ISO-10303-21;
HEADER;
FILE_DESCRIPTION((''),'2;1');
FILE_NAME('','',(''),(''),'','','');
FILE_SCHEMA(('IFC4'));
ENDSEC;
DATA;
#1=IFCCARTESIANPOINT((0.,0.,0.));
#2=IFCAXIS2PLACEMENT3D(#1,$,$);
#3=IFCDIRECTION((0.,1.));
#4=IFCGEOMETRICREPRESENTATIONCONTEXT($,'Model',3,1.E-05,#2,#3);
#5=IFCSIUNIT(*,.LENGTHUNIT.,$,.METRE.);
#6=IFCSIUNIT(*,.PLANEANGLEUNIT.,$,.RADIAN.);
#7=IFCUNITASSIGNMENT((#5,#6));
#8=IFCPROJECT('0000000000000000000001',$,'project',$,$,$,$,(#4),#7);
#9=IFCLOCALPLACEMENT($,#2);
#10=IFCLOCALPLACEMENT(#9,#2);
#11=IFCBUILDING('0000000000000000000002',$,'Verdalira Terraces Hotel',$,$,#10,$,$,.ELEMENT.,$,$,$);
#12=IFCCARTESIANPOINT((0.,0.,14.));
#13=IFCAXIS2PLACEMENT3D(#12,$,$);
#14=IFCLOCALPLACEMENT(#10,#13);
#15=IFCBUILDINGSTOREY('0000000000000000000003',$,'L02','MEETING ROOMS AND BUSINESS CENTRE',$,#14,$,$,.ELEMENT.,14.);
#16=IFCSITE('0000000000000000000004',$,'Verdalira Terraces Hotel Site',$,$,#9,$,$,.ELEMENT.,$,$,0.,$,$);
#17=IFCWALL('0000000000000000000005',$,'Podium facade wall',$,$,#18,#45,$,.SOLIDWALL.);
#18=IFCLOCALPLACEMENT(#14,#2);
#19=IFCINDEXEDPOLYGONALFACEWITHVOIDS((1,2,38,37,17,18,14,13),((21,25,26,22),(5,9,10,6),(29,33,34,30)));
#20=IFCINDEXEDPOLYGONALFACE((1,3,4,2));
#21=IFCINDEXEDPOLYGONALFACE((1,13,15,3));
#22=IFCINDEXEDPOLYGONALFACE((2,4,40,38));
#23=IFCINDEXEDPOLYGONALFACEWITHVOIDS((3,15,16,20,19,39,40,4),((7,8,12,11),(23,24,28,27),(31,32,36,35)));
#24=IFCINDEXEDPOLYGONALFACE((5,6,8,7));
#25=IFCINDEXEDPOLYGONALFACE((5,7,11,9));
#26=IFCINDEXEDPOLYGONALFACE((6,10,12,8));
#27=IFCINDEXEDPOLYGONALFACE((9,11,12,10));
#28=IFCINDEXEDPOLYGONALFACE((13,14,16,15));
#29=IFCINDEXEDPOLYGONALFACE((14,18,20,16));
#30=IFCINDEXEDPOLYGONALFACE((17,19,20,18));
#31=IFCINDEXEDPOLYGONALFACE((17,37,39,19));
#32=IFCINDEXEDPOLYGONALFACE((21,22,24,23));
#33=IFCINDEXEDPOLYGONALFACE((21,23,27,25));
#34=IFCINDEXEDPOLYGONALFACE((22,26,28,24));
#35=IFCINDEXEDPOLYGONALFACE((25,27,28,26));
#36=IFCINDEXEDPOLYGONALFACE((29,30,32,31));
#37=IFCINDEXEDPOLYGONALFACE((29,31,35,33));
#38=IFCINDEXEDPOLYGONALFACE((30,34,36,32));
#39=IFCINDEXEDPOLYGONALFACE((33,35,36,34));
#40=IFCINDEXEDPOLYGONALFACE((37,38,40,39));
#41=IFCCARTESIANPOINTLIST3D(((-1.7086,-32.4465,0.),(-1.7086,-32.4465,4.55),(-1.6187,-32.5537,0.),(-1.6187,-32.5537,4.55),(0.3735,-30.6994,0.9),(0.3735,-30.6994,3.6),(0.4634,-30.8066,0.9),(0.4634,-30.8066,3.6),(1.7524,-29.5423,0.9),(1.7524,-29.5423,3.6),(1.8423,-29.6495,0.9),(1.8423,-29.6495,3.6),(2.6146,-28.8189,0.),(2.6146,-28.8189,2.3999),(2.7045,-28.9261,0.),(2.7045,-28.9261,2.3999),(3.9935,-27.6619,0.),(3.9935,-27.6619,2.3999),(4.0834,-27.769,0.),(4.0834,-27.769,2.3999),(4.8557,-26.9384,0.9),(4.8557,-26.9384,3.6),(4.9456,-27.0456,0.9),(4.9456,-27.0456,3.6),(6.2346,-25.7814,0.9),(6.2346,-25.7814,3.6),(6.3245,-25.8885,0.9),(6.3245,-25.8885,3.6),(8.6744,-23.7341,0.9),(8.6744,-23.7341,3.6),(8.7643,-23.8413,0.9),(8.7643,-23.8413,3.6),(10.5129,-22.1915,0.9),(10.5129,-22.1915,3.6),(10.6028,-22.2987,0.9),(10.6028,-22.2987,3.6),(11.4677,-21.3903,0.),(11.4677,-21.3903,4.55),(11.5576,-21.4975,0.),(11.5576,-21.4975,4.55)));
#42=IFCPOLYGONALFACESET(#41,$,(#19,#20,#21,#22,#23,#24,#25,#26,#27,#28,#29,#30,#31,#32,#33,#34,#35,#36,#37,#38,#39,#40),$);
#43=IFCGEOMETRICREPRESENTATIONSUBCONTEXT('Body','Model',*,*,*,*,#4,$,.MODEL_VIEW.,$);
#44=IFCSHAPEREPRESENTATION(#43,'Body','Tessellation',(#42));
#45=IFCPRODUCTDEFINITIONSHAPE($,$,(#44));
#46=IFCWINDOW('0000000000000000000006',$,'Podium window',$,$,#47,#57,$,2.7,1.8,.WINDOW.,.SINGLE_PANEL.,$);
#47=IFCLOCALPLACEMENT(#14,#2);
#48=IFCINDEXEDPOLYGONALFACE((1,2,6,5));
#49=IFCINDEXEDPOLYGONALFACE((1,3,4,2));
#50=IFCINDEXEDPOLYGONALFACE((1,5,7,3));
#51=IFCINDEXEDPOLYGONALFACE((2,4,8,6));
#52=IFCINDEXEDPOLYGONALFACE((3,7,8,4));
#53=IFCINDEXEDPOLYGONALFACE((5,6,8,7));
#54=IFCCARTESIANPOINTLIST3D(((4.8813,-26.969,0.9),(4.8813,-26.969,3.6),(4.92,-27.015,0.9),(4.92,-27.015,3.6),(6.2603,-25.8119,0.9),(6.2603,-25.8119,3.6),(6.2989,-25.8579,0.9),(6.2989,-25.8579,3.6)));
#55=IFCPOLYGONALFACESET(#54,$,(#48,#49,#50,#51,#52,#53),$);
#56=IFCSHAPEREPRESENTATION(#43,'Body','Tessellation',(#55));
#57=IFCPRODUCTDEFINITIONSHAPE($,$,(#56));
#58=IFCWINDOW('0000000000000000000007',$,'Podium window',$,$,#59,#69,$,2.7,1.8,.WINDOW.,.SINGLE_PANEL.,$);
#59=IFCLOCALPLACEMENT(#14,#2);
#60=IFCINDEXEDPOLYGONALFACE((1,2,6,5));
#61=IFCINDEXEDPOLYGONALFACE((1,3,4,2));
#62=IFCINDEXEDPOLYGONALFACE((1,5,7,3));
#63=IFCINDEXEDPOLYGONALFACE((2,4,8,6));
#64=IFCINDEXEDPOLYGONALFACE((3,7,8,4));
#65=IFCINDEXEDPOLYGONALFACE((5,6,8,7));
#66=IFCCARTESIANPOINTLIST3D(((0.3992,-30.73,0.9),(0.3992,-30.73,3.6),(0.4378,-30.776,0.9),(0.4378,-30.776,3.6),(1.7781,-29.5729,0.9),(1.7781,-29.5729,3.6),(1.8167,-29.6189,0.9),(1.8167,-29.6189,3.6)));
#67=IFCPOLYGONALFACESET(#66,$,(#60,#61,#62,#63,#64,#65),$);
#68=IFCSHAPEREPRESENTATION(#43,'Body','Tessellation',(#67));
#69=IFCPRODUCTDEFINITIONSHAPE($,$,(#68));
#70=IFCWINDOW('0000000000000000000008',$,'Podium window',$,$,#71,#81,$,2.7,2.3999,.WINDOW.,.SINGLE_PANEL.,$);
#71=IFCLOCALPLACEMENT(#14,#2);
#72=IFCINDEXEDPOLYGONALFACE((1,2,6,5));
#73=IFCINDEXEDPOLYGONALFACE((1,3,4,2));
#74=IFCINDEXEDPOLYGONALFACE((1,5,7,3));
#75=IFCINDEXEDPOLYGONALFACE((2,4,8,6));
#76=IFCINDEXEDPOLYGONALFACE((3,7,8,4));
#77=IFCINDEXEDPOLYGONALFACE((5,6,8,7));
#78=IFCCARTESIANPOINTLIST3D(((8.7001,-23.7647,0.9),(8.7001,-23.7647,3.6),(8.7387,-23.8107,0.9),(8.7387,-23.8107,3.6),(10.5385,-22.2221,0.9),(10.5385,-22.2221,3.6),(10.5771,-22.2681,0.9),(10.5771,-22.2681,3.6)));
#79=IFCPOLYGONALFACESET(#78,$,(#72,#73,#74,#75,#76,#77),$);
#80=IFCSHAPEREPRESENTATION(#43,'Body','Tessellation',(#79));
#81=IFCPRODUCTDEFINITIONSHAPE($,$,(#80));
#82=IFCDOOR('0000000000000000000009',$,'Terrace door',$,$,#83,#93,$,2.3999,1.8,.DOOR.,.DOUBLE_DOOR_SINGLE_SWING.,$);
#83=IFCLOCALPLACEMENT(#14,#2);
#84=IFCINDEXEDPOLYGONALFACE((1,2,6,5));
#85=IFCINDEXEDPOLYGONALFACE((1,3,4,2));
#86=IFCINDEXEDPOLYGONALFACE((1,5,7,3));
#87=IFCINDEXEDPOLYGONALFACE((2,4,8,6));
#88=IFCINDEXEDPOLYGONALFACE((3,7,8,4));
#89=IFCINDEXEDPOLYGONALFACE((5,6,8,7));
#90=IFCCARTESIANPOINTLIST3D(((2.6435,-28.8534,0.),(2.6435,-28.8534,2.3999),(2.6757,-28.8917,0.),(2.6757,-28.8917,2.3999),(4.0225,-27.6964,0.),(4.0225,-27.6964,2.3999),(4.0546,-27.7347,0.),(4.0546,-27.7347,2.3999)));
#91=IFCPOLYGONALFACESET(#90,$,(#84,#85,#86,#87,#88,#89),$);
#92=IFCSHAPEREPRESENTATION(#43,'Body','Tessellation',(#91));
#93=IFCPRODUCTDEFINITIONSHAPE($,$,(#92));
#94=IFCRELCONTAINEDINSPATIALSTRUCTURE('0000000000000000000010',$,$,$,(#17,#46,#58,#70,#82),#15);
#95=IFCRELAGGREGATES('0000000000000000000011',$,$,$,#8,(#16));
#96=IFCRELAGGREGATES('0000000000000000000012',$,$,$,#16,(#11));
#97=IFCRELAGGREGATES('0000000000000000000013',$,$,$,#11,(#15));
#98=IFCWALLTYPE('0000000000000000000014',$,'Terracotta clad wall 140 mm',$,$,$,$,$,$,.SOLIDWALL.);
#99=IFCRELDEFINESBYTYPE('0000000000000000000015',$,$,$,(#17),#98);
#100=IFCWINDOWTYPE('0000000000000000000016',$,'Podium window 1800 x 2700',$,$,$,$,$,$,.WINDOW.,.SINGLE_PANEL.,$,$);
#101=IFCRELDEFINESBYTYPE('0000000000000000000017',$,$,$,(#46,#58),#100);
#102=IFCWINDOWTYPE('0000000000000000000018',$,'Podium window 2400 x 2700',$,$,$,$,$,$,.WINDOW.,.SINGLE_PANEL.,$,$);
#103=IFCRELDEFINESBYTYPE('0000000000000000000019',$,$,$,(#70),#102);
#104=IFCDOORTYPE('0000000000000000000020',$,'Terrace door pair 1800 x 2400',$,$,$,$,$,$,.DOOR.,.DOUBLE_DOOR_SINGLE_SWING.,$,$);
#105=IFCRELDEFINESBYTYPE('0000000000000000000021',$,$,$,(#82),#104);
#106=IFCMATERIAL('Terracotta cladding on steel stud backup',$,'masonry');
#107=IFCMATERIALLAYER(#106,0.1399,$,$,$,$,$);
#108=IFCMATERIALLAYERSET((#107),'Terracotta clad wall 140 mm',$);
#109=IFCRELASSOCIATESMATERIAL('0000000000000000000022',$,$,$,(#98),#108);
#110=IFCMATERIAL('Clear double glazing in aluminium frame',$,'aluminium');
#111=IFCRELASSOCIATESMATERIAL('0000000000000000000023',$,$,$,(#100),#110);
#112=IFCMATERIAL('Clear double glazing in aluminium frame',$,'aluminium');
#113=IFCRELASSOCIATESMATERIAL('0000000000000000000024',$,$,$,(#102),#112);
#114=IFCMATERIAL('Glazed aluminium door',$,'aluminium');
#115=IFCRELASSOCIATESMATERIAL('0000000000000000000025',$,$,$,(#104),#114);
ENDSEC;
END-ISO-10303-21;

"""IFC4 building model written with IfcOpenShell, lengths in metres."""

from ifc_helpers import new_model, si_unit, direction, frame, frame_2d, origin, place, context, subcontext, project, spatial, rectangle, extrude, material, layer, layer_set, type_object, element, fill, save


model = new_model("IFC4")

# Units and contexts
model_context = context("Model", 3, precision=1e-05, world=origin(), true_north=direction((0.0, 1.0)))
body_context = subcontext(model_context, "Body", "Model", "MODEL_VIEW")
ifc_project = project(units=[si_unit("LENGTHUNIT", "METRE"), si_unit("PLANEANGLEUNIT", "RADIAN")], contexts=[model_context])

# Site, building, storey
site_placement = place(None, origin())
site = spatial("IfcSite", under=ifc_project, at=site_placement, Name="Verdalira Terraces Hotel Site", CompositionType="ELEMENT", RefElevation=0.0)
building_placement = place(site_placement, origin())
building = spatial("IfcBuilding", under=site, at=building_placement, Name="Verdalira Terraces Hotel", CompositionType="ELEMENT")
storey_placement = place(building_placement, frame((0.0, 0.0, 14.0)))
storey = spatial("IfcBuildingStorey", under=building, at=storey_placement, Name="L02", Description="MEETING ROOMS AND BUSINESS CENTRE", CompositionType="ELEMENT", Elevation=14.0)

# Shared definitions
ifc_material_1 = material(Name="Terracotta cladding on steel stud backup", Category="masonry")
ifc_layer = layer(ifc_material_1, 0.1399)
ifc_layer_set = layer_set([ifc_layer], Name="Terracotta clad wall 140 mm")
wall_type = type_object("IfcWallType", Name="Terracotta clad wall 140 mm", PredefinedType="SOLIDWALL", material=ifc_layer_set)

# Wall, openings, windows, door
wall_1_placement = place(storey_placement, frame((-1.6636, -32.5, 0.0), z_axis=(0.0, 0.0, 1.0), x_axis=(0.766046, 0.642786, 0.0)))
wall_1 = element("IfcWall", 1, at=wall_1_placement, inside=storey, type_object=wall_type, Name="Podium facade wall", PredefinedType="SOLIDWALL", context=body_context, shape_type="SweptSolid", body=[
    extrude(rectangle(XDim=17.2004, YDim=0.1399, at=frame_2d((8.6001, 0.0))), origin(), (0.0, 0.0, 1.0), 4.55),
])
opening_1_placement = place(wall_1_placement, frame((13.554, 0.0, 0.8999)))
opening_1 = element("IfcOpeningElement", 2, at=opening_1_placement, cuts=wall_1, PredefinedType="OPENING", context=body_context, shape_type="SweptSolid", body=[
    extrude(rectangle(XDim=2.3999, YDim=2.7, at=frame_2d((1.2, 1.3501))), frame((0.0, 0.0798, 0.0), z_axis=(0.0, -1.0, 0.0), x_axis=(1.0, 0.0, 0.0)), (0.0, 0.0, 1.0), 0.1599),
])
opening_2_placement = place(wall_1_placement, frame((8.5691, 0.0, 0.8999)))
opening_2 = element("IfcOpeningElement", 3, at=opening_2_placement, cuts=wall_1, PredefinedType="OPENING", context=body_context, shape_type="SweptSolid", body=[
    extrude(rectangle(XDim=1.8, YDim=2.7, at=frame_2d((0.8999, 1.3501))), frame((0.0, 0.0798, 0.0), z_axis=(0.0, -1.0, 0.0), x_axis=(1.0, 0.0, 0.0)), (0.0, 0.0, 1.0), 0.1599),
])
opening_3_placement = place(wall_1_placement, frame((5.6436, 0.0, 0.0)))
opening_3 = element("IfcOpeningElement", 4, at=opening_3_placement, cuts=wall_1, PredefinedType="OPENING", context=body_context, shape_type="SweptSolid", body=[
    extrude(rectangle(XDim=1.8, YDim=2.3999, at=frame_2d((0.8999, 1.2))), frame((0.0, 0.0798, 0.0), z_axis=(0.0, -1.0, 0.0), x_axis=(1.0, 0.0, 0.0)), (0.0, 0.0, 1.0), 0.1599),
])
opening_4_placement = place(wall_1_placement, frame((2.718, 0.0, 0.8999)))
opening_4 = element("IfcOpeningElement", 5, at=opening_4_placement, cuts=wall_1, PredefinedType="OPENING", context=body_context, shape_type="SweptSolid", body=[
    extrude(rectangle(XDim=1.8, YDim=2.7, at=frame_2d((0.8999, 1.3501))), frame((0.0, 0.0798, 0.0), z_axis=(0.0, -1.0, 0.0), x_axis=(1.0, 0.0, 0.0)), (0.0, 0.0, 1.0), 0.1599),
])
ifc_material_2 = material(Name="Clear double glazing in aluminium frame", Category="aluminium")
window_type_1 = type_object("IfcWindowType", Name="Podium window 1800 x 2700", PartitioningType="SINGLE_PANEL", PredefinedType="WINDOW", material=ifc_material_2)
window_1_placement = place(opening_2_placement, origin())
window_1 = element("IfcWindow", 6, at=window_1_placement, inside=storey, type_object=window_type_1, Name="Podium window", OverallHeight=2.7, OverallWidth=1.8, PartitioningType="SINGLE_PANEL", PredefinedType="WINDOW", context=body_context, shape_type="SweptSolid", body=[
    extrude(rectangle(XDim=1.8, YDim=2.7, at=frame_2d((0.8999, 1.3501))), frame((0.0, 0.03, 0.0), z_axis=(0.0, -1.0, 0.0), x_axis=(1.0, 0.0, 0.0)), (0.0, 0.0, 1.0), 0.0601),
])
fill(opening_2, window_1)
window_2_placement = place(opening_4_placement, origin())
window_2 = element("IfcWindow", 7, at=window_2_placement, inside=storey, type_object=window_type_1, Name="Podium window", OverallHeight=2.7, OverallWidth=1.8, PartitioningType="SINGLE_PANEL", PredefinedType="WINDOW", context=body_context, shape_type="SweptSolid", body=[
    extrude(rectangle(XDim=1.8, YDim=2.7, at=frame_2d((0.8999, 1.3501))), frame((0.0, 0.03, 0.0), z_axis=(0.0, -1.0, 0.0), x_axis=(1.0, 0.0, 0.0)), (0.0, 0.0, 1.0), 0.0601),
])
fill(opening_4, window_2)
ifc_material_3 = material(Name="Clear double glazing in aluminium frame", Category="aluminium")
window_type_2 = type_object("IfcWindowType", Name="Podium window 2400 x 2700", PartitioningType="SINGLE_PANEL", PredefinedType="WINDOW", material=ifc_material_3)
window_3_placement = place(opening_1_placement, origin())
window_3 = element("IfcWindow", 8, at=window_3_placement, inside=storey, type_object=window_type_2, Name="Podium window", OverallHeight=2.7, OverallWidth=2.3999, PartitioningType="SINGLE_PANEL", PredefinedType="WINDOW", context=body_context, shape_type="SweptSolid", body=[
    extrude(rectangle(XDim=2.3999, YDim=2.7, at=frame_2d((1.2, 1.3501))), frame((0.0, 0.03, 0.0), z_axis=(0.0, -1.0, 0.0), x_axis=(1.0, 0.0, 0.0)), (0.0, 0.0, 1.0), 0.0601),
])
fill(opening_1, window_3)
ifc_material_4 = material(Name="Glazed aluminium door", Category="aluminium")
door_type = type_object("IfcDoorType", Name="Terrace door pair 1800 x 2400", OperationType="DOUBLE_DOOR_SINGLE_SWING", PredefinedType="DOOR", material=ifc_material_4)
door_placement = place(opening_3_placement, origin())
door = element("IfcDoor", 9, at=door_placement, inside=storey, type_object=door_type, Name="Terrace door", OperationType="DOUBLE_DOOR_SINGLE_SWING", OverallHeight=2.3999, OverallWidth=1.8, PredefinedType="DOOR", context=body_context, shape_type="SweptSolid", body=[
    extrude(rectangle(XDim=1.8, YDim=2.3999, at=frame_2d((0.8999, 1.2))), frame((0.0, 0.0249, 0.0), z_axis=(0.0, -1.0, 0.0), x_axis=(1.0, 0.0, 0.0)), (0.0, 0.0, 1.0), 0.05),
])
fill(opening_3, door)

save(model, "model.ifc")
